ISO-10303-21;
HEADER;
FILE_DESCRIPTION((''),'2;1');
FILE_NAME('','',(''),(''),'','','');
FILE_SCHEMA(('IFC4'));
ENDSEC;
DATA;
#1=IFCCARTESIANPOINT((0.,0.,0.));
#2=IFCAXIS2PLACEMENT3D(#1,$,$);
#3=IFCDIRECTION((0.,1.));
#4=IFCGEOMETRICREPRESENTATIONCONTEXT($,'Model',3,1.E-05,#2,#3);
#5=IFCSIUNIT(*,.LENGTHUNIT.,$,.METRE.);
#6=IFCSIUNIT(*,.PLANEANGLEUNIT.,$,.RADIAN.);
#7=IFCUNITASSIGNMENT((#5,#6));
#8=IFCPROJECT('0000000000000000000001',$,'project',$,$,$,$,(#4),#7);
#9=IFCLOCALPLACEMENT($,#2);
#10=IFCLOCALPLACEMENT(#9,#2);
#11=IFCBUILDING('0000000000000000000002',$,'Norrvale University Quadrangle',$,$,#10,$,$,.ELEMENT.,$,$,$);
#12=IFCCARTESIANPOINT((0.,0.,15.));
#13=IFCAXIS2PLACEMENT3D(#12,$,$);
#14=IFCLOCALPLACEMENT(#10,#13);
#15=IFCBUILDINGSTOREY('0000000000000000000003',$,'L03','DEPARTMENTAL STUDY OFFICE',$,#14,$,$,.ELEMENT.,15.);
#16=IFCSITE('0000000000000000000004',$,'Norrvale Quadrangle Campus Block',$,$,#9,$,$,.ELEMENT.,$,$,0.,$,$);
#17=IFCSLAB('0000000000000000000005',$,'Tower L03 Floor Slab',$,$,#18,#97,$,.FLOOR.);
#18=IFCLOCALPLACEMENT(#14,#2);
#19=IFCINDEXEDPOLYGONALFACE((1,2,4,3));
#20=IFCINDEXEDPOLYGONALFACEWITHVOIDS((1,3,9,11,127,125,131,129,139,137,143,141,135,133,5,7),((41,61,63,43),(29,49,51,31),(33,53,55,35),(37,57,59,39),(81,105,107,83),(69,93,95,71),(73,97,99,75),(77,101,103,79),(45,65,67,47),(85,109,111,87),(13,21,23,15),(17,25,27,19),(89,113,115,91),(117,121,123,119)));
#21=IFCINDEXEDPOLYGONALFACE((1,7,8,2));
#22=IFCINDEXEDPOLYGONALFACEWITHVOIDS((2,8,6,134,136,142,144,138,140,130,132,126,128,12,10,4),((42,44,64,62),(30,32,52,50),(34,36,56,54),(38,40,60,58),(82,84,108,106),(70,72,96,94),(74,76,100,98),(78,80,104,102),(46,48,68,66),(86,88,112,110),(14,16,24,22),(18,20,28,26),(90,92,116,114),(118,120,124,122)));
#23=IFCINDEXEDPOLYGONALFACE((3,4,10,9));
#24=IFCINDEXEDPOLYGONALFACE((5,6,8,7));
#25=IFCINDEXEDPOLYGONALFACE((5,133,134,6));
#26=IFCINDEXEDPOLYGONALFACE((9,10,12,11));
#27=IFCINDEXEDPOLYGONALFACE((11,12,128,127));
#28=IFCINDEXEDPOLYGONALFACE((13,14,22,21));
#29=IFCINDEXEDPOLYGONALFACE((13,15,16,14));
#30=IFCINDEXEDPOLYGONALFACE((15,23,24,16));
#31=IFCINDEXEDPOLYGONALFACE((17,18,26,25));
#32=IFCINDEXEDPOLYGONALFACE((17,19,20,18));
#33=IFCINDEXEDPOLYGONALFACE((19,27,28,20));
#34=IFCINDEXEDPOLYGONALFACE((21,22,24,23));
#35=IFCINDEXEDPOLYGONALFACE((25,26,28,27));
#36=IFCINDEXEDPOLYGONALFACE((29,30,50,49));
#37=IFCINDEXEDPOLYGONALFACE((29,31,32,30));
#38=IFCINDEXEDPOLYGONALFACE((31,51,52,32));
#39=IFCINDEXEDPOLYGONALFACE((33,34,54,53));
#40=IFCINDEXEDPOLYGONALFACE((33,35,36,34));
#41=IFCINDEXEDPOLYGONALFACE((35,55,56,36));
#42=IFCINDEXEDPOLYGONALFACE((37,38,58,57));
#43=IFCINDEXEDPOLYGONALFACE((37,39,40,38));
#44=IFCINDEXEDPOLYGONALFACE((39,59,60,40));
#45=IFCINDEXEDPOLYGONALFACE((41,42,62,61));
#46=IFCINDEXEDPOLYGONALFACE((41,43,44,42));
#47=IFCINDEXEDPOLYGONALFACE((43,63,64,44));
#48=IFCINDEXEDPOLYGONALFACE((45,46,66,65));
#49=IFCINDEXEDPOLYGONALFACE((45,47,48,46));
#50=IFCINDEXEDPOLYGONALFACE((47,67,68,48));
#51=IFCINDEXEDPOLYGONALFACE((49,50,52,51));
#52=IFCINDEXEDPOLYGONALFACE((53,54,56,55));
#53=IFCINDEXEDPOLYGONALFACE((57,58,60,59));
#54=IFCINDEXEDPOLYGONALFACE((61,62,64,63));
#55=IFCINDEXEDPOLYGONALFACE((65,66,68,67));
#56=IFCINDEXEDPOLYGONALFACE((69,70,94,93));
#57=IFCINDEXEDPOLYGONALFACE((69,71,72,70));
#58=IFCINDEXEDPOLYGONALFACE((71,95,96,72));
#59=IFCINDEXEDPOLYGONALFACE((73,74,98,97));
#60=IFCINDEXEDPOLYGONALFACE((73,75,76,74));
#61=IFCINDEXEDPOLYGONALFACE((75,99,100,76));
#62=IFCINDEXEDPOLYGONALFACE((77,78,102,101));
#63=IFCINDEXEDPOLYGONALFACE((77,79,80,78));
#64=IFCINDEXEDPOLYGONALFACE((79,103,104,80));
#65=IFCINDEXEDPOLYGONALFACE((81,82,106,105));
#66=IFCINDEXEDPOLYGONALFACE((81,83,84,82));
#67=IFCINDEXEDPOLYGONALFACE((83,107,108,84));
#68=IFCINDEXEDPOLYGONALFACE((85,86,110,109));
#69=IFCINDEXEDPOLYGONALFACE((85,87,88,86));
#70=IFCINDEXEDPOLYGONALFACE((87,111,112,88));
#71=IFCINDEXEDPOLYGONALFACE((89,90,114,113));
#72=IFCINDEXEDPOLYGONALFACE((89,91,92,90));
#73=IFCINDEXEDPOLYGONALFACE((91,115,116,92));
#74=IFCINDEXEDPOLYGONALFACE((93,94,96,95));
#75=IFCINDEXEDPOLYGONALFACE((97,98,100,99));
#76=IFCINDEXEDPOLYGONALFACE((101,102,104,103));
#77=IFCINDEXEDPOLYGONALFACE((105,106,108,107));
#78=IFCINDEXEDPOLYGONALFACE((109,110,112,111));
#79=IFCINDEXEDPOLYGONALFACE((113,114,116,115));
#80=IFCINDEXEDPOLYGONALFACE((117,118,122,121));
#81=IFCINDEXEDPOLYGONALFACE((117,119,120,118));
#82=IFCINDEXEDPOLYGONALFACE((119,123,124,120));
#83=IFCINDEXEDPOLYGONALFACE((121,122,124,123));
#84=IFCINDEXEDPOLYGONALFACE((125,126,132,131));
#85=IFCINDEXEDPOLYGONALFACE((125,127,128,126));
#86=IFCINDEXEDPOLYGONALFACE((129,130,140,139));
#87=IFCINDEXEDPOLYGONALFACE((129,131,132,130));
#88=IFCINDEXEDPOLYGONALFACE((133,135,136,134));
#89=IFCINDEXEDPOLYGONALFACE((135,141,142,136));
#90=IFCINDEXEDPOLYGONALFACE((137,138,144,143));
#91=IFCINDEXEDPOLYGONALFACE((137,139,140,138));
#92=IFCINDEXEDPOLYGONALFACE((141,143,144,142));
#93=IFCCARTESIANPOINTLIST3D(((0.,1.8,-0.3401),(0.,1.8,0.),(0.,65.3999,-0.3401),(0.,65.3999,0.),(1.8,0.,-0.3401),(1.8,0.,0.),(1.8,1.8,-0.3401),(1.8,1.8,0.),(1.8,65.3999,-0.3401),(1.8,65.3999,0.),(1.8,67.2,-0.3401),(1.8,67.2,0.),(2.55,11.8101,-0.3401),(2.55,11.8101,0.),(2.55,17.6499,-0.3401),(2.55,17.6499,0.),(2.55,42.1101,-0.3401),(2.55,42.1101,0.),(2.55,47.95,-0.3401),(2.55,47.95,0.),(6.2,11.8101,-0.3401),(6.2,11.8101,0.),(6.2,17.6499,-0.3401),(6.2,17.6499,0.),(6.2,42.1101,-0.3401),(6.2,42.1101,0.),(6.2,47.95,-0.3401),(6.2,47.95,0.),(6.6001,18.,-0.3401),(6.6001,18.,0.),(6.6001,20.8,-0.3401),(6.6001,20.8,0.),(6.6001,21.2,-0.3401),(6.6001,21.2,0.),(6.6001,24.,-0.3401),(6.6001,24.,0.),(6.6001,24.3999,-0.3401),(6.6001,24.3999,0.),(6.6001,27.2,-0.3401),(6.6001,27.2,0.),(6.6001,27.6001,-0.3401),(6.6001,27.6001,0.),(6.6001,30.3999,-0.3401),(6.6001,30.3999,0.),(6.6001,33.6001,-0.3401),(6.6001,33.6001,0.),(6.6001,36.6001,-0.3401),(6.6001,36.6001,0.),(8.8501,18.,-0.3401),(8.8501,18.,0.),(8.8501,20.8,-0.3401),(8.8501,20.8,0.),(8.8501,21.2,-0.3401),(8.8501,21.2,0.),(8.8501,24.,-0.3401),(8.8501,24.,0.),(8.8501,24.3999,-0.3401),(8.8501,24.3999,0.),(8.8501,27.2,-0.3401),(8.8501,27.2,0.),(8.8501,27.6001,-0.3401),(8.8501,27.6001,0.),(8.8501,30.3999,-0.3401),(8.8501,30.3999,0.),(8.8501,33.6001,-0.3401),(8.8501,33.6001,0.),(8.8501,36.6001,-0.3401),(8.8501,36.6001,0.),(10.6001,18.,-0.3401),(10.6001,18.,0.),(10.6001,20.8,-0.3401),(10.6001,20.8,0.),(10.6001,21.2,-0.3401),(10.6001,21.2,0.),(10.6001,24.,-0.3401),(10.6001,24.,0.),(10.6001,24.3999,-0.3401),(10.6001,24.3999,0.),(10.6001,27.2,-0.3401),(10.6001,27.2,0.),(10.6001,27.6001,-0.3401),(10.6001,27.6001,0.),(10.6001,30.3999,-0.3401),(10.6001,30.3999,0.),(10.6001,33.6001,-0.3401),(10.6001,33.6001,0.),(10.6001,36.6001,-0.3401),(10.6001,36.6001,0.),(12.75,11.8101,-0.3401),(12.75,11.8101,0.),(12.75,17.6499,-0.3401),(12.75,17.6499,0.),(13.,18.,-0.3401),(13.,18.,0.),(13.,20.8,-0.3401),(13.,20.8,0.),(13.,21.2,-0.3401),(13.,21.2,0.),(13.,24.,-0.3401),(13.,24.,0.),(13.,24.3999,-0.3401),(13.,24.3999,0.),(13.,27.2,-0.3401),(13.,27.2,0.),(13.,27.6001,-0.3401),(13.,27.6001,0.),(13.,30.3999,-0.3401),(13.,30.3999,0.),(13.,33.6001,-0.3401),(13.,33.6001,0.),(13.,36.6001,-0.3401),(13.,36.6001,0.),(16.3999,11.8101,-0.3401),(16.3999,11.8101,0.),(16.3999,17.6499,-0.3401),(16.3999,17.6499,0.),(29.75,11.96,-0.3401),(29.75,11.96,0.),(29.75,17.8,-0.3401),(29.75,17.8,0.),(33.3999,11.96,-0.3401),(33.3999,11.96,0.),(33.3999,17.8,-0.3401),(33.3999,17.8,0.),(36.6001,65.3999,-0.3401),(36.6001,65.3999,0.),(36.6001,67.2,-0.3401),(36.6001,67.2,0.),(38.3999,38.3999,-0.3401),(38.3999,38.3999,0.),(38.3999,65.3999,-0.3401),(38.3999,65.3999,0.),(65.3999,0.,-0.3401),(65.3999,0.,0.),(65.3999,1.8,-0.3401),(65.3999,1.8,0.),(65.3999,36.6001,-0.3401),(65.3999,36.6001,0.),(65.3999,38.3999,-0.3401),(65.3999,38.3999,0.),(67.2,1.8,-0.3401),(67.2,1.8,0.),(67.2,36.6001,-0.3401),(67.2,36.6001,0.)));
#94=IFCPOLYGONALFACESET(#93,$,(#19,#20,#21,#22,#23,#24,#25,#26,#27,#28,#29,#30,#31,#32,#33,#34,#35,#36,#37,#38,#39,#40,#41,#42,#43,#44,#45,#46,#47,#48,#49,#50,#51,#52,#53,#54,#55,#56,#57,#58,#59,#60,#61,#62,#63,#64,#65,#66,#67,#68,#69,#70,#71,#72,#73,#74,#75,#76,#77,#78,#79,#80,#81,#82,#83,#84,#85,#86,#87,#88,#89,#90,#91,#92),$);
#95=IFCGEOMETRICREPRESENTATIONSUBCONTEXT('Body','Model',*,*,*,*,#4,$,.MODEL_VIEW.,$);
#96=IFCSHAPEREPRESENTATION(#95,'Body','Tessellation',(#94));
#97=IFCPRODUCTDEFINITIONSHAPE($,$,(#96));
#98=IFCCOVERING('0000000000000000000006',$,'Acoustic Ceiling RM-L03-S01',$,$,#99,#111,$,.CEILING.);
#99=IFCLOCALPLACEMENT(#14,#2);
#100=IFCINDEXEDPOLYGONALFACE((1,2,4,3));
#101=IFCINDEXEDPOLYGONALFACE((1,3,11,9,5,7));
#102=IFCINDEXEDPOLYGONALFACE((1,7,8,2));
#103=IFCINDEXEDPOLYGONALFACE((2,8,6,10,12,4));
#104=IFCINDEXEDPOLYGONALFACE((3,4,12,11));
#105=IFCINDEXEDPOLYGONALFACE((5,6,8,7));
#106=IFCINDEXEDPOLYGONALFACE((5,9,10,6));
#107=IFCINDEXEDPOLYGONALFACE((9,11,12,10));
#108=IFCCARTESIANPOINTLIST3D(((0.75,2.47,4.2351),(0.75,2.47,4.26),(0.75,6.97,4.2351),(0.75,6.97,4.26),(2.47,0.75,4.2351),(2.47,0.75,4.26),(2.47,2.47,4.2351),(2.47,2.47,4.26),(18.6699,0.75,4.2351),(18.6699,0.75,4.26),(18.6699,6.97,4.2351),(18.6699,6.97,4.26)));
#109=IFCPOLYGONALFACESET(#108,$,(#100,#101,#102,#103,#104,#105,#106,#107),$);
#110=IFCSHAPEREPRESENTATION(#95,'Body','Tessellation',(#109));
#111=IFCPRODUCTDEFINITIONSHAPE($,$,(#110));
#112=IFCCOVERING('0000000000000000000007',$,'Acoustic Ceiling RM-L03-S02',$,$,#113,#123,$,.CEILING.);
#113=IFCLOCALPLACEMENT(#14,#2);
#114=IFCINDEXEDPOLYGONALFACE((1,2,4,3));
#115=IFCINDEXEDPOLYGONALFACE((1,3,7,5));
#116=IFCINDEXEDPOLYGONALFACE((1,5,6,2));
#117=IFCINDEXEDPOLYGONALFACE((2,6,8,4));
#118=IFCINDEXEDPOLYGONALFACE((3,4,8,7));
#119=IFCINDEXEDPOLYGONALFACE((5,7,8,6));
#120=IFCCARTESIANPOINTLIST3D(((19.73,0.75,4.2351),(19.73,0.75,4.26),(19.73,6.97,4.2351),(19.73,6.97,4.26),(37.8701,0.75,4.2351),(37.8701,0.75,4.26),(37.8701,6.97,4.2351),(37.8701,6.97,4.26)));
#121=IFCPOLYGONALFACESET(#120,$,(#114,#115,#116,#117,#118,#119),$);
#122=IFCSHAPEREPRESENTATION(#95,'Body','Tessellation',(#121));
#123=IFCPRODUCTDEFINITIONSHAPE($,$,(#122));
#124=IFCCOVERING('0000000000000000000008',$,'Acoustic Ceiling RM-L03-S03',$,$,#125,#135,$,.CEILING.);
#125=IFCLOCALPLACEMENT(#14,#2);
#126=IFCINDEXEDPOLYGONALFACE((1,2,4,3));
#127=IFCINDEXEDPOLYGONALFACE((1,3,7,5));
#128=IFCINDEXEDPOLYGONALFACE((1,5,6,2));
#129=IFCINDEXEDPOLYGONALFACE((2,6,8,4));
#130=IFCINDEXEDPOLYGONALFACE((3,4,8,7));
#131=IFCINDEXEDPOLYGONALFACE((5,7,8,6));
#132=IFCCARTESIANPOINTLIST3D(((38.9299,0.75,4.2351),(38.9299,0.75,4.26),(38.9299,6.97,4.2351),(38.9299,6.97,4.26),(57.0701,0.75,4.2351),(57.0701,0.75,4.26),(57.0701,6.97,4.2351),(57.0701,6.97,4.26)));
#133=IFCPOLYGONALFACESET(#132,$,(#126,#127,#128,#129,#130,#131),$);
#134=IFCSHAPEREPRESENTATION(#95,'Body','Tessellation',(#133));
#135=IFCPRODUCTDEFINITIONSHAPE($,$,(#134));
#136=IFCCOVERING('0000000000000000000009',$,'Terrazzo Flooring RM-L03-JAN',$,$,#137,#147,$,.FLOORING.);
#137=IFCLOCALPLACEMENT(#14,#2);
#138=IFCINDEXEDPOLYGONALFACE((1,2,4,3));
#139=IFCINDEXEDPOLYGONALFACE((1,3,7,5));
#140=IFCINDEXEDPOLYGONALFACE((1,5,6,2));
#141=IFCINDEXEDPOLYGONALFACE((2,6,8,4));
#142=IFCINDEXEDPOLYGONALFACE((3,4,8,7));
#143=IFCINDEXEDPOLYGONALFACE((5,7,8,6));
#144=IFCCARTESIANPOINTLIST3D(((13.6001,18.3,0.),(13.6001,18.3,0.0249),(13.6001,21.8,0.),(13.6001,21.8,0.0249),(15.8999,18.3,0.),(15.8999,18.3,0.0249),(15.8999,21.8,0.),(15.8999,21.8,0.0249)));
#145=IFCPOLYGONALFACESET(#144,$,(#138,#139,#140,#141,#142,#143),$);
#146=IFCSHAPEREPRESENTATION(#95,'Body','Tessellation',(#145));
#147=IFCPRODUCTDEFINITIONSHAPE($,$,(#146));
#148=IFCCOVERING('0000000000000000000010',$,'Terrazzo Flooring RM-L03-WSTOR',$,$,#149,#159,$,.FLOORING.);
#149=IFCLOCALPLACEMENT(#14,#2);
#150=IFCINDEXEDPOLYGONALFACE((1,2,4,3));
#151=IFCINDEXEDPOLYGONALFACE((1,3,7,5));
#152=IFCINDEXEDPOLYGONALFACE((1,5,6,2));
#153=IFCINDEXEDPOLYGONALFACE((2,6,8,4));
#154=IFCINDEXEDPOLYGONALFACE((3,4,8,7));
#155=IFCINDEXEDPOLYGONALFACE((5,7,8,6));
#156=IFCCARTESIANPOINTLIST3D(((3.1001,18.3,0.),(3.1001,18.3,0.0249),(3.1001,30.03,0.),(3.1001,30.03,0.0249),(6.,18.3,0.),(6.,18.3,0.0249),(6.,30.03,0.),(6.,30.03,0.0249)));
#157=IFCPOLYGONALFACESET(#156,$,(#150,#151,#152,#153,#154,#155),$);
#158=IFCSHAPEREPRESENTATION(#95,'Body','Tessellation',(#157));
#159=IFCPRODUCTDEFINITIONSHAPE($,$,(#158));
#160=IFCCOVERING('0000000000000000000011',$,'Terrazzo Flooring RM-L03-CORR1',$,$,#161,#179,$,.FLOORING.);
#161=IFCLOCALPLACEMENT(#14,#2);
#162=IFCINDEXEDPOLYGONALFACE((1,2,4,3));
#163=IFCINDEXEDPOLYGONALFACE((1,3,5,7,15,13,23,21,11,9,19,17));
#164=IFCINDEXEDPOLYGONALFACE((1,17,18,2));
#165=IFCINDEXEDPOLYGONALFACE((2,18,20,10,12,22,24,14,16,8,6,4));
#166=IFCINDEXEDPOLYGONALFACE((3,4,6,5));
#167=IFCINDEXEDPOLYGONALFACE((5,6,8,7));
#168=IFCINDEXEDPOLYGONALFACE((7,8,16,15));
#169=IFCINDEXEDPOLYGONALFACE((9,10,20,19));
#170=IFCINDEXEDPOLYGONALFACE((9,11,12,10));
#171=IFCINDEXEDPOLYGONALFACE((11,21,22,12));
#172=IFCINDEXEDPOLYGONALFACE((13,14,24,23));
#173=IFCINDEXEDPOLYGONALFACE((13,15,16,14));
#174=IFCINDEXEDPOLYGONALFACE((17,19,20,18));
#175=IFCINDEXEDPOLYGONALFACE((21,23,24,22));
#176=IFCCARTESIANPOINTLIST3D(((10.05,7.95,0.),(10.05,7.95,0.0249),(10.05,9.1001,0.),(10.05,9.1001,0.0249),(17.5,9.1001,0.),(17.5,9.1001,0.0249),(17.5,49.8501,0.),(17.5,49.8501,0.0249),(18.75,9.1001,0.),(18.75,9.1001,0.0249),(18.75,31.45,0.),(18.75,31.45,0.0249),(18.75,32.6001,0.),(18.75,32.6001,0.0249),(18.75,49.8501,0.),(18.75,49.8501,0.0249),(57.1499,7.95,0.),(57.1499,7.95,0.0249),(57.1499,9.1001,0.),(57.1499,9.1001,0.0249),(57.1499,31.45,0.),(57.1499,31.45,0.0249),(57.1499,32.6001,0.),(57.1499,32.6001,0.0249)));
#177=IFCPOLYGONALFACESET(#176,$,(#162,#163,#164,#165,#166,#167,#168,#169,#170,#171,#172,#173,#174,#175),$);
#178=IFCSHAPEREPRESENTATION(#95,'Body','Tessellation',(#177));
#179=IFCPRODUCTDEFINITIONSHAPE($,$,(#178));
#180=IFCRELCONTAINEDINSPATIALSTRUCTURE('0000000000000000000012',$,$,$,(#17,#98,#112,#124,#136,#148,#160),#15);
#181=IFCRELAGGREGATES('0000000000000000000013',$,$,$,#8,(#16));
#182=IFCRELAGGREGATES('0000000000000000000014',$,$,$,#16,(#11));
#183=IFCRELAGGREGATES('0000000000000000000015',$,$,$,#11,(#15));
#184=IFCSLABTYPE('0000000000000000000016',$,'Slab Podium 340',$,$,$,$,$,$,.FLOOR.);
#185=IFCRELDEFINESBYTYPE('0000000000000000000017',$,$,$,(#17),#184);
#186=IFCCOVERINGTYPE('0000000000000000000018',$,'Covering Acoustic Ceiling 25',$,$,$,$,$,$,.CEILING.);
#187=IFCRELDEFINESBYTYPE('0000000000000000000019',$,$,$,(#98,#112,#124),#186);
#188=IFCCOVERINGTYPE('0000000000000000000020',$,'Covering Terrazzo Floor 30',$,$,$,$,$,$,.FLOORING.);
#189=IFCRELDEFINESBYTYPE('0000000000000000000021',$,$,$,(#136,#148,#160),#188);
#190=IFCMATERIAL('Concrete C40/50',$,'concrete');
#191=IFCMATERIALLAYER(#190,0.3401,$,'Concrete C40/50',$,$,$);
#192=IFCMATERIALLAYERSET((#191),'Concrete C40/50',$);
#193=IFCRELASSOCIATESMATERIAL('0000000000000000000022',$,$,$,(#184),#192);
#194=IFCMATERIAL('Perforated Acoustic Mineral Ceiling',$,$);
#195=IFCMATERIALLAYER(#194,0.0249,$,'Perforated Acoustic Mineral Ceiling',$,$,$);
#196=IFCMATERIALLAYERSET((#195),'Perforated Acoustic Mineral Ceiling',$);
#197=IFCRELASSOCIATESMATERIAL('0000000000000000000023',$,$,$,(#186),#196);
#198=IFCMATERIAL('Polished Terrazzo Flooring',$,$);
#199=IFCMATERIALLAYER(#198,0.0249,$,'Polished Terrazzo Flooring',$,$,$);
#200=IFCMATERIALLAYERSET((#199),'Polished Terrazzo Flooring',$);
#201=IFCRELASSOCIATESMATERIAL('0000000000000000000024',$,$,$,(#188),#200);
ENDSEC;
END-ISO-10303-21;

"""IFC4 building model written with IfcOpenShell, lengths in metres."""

from ifc_helpers import new_model, si_unit, direction, frame, origin, place, context, subcontext, project, spatial, polyline, outline, extrude, material, layer, layer_set, type_object, element, save


model = new_model("IFC4")

# Units and contexts
model_context = context("Model", 3, precision=1e-05, world=origin(), true_north=direction((0.0, 1.0)))
body_context = subcontext(model_context, "Body", "Model", "MODEL_VIEW")
ifc_project = project(units=[si_unit("LENGTHUNIT", "METRE"), si_unit("PLANEANGLEUNIT", "RADIAN")], contexts=[model_context])

# Site, building, storey
site_placement = place(None, origin())
site = spatial("IfcSite", under=ifc_project, at=site_placement, Name="Norrvale Quadrangle Campus Block", CompositionType="ELEMENT", RefElevation=0.0)
building_placement = place(site_placement, origin())
building = spatial("IfcBuilding", under=site, at=building_placement, Name="Norrvale University Quadrangle", CompositionType="ELEMENT")
storey_placement = place(building_placement, frame((0.0, 0.0, 15.0)))
storey = spatial("IfcBuildingStorey", under=building, at=storey_placement, Name="L03", Description="DEPARTMENTAL STUDY OFFICE", CompositionType="ELEMENT", Elevation=15.0)

# Shared definitions
ifc_material_1 = material(Name="Concrete C40/50", Category="concrete")

# Slab
ifc_layer_1 = layer(ifc_material_1, 0.3401, Name="Concrete C40/50")
ifc_layer_set_1 = layer_set([ifc_layer_1], Name="Concrete C40/50")
slab_type_1 = type_object("IfcSlabType", Name="Slab Podium 340", PredefinedType="FLOOR", material=ifc_layer_set_1)
slab_1_placement = place(storey_placement, frame((0.0, 0.0, -0.3401)))
element("IfcSlab", 1, at=slab_1_placement, inside=storey, type_object=slab_type_1, Name="Tower L03 Floor Slab", PredefinedType="FLOOR", context=body_context, shape_type="SweptSolid", body=[
    extrude(outline(polyline([(1.8, 0.0), (65.3999, 0.0), (65.3999, 1.8), (67.2, 1.8), (67.2, 36.6001), (65.3999, 36.6001), (65.3999, 38.3999), (38.3999, 38.3999), (38.3999, 65.3999), (36.6001, 65.3999), (36.6001, 67.2), (1.8, 67.2), (1.8, 65.3999), (0.0, 65.3999), (0.0, 1.8), (1.8, 1.8), (1.8, 0.0)]), holes=[polyline([(2.55, 11.8101), (6.2, 11.8101), (6.2, 17.6499), (2.55, 17.6499), (2.55, 11.8101)]), polyline([(2.55, 42.1101), (6.2, 42.1101), (6.2, 47.95), (2.55, 47.95), (2.55, 42.1101)]), polyline([(12.75, 11.8101), (16.3999, 11.8101), (16.3999, 17.6499), (12.75, 17.6499), (12.75, 11.8101)]), polyline([(29.75, 11.96), (33.3999, 11.96), (33.3999, 17.8), (29.75, 17.8), (29.75, 11.96)]), polyline([(6.6001, 18.0), (8.8501, 18.0), (8.8501, 20.8), (6.6001, 20.8), (6.6001, 18.0)]), polyline([(6.6001, 21.2), (8.8501, 21.2), (8.8501, 24.0), (6.6001, 24.0), (6.6001, 21.2)]), polyline([(6.6001, 24.3999), (8.8501, 24.3999), (8.8501, 27.2), (6.6001, 27.2), (6.6001, 24.3999)]), polyline([(6.6001, 27.6001), (8.8501, 27.6001), (8.8501, 30.3999), (6.6001, 30.3999), (6.6001, 27.6001)]), polyline([(10.6001, 18.0), (13.0, 18.0), (13.0, 20.8), (10.6001, 20.8), (10.6001, 18.0)]), polyline([(10.6001, 21.2), (13.0, 21.2), (13.0, 24.0), (10.6001, 24.0), (10.6001, 21.2)]), polyline([(10.6001, 24.3999), (13.0, 24.3999), (13.0, 27.2), (10.6001, 27.2), (10.6001, 24.3999)]), polyline([(10.6001, 27.6001), (13.0, 27.6001), (13.0, 30.3999), (10.6001, 30.3999), (10.6001, 27.6001)]), polyline([(6.6001, 33.6001), (8.8501, 33.6001), (8.8501, 36.6001), (6.6001, 36.6001), (6.6001, 33.6001)]), polyline([(10.6001, 33.6001), (13.0, 33.6001), (13.0, 36.6001), (10.6001, 36.6001), (10.6001, 33.6001)])]), origin(), (0.0, 0.0, 1.0), 0.3401),
])

# Coverings
ifc_material_2 = material(Name="Perforated Acoustic Mineral Ceiling")
ifc_layer_2 = layer(ifc_material_2, 0.0249, Name="Perforated Acoustic Mineral Ceiling")
ifc_layer_set_2 = layer_set([ifc_layer_2], Name="Perforated Acoustic Mineral Ceiling")
covering_type_1 = type_object("IfcCoveringType", Name="Covering Acoustic Ceiling 25", PredefinedType="CEILING", material=ifc_layer_set_2)
covering_1_placement = place(storey_placement, frame((0.0, 0.0, 4.2351)))
element("IfcCovering", 2, at=covering_1_placement, inside=storey, type_object=covering_type_1, Name="Acoustic Ceiling RM-L03-S01", PredefinedType="CEILING", context=body_context, shape_type="SweptSolid", body=[
    extrude(outline(polyline([(0.75, 6.97), (18.6699, 6.97), (18.6699, 0.75), (2.47, 0.75), (2.47, 2.47), (0.75, 2.47), (0.75, 6.97)])), origin(), (0.0, 0.0, 1.0), 0.0249),
])
covering_2_placement = place(storey_placement, frame((0.0, 0.0, 4.2351)))
element("IfcCovering", 3, at=covering_2_placement, inside=storey, type_object=covering_type_1, Name="Acoustic Ceiling RM-L03-S02", PredefinedType="CEILING", context=body_context, shape_type="SweptSolid", body=[
    extrude(outline(polyline([(19.73, 6.97), (37.8701, 6.97), (37.8701, 0.75), (19.73, 0.75), (19.73, 6.97)])), origin(), (0.0, 0.0, 1.0), 0.0249),
])
covering_3_placement = place(storey_placement, frame((0.0, 0.0, 4.2351)))
element("IfcCovering", 4, at=covering_3_placement, inside=storey, type_object=covering_type_1, Name="Acoustic Ceiling RM-L03-S03", PredefinedType="CEILING", context=body_context, shape_type="SweptSolid", body=[
    extrude(outline(polyline([(38.9299, 6.97), (57.0701, 6.97), (57.0701, 0.75), (38.9299, 0.75), (38.9299, 6.97)])), origin(), (0.0, 0.0, 1.0), 0.0249),
])
ifc_material_3 = material(Name="Polished Terrazzo Flooring")
ifc_layer_3 = layer(ifc_material_3, 0.0249, Name="Polished Terrazzo Flooring")
ifc_layer_set_3 = layer_set([ifc_layer_3], Name="Polished Terrazzo Flooring")
covering_type_2 = type_object("IfcCoveringType", Name="Covering Terrazzo Floor 30", PredefinedType="FLOORING", material=ifc_layer_set_3)
covering_4_placement = place(storey_placement, origin())
element("IfcCovering", 5, at=covering_4_placement, inside=storey, type_object=covering_type_2, Name="Terrazzo Flooring RM-L03-JAN", PredefinedType="FLOORING", context=body_context, shape_type="SweptSolid", body=[
    extrude(outline(polyline([(13.6001, 18.3), (13.6001, 21.8), (15.8999, 21.8), (15.8999, 18.3), (13.6001, 18.3)])), origin(), (0.0, 0.0, 1.0), 0.0249),
])
covering_5_placement = place(storey_placement, origin())
element("IfcCovering", 6, at=covering_5_placement, inside=storey, type_object=covering_type_2, Name="Terrazzo Flooring RM-L03-WSTOR", PredefinedType="FLOORING", context=body_context, shape_type="SweptSolid", body=[
    extrude(outline(polyline([(3.1001, 18.3), (3.1001, 30.03), (6.0, 30.03), (6.0, 18.3), (3.1001, 18.3)])), origin(), (0.0, 0.0, 1.0), 0.0249),
])
covering_6_placement = place(storey_placement, origin())
element("IfcCovering", 7, at=covering_6_placement, inside=storey, type_object=covering_type_2, Name="Terrazzo Flooring RM-L03-CORR1", PredefinedType="FLOORING", context=body_context, shape_type="SweptSolid", body=[
    extrude(outline(polyline([(10.05, 7.95), (10.05, 9.1001), (17.5, 9.1001), (17.5, 49.8501), (18.75, 49.8501), (18.75, 32.6001), (57.1499, 32.6001), (57.1499, 31.45), (18.75, 31.45), (18.75, 9.1001), (57.1499, 9.1001), (57.1499, 7.95), (10.05, 7.95)])), origin(), (0.0, 0.0, 1.0), 0.0249),
])

save(model, "model.ifc")
